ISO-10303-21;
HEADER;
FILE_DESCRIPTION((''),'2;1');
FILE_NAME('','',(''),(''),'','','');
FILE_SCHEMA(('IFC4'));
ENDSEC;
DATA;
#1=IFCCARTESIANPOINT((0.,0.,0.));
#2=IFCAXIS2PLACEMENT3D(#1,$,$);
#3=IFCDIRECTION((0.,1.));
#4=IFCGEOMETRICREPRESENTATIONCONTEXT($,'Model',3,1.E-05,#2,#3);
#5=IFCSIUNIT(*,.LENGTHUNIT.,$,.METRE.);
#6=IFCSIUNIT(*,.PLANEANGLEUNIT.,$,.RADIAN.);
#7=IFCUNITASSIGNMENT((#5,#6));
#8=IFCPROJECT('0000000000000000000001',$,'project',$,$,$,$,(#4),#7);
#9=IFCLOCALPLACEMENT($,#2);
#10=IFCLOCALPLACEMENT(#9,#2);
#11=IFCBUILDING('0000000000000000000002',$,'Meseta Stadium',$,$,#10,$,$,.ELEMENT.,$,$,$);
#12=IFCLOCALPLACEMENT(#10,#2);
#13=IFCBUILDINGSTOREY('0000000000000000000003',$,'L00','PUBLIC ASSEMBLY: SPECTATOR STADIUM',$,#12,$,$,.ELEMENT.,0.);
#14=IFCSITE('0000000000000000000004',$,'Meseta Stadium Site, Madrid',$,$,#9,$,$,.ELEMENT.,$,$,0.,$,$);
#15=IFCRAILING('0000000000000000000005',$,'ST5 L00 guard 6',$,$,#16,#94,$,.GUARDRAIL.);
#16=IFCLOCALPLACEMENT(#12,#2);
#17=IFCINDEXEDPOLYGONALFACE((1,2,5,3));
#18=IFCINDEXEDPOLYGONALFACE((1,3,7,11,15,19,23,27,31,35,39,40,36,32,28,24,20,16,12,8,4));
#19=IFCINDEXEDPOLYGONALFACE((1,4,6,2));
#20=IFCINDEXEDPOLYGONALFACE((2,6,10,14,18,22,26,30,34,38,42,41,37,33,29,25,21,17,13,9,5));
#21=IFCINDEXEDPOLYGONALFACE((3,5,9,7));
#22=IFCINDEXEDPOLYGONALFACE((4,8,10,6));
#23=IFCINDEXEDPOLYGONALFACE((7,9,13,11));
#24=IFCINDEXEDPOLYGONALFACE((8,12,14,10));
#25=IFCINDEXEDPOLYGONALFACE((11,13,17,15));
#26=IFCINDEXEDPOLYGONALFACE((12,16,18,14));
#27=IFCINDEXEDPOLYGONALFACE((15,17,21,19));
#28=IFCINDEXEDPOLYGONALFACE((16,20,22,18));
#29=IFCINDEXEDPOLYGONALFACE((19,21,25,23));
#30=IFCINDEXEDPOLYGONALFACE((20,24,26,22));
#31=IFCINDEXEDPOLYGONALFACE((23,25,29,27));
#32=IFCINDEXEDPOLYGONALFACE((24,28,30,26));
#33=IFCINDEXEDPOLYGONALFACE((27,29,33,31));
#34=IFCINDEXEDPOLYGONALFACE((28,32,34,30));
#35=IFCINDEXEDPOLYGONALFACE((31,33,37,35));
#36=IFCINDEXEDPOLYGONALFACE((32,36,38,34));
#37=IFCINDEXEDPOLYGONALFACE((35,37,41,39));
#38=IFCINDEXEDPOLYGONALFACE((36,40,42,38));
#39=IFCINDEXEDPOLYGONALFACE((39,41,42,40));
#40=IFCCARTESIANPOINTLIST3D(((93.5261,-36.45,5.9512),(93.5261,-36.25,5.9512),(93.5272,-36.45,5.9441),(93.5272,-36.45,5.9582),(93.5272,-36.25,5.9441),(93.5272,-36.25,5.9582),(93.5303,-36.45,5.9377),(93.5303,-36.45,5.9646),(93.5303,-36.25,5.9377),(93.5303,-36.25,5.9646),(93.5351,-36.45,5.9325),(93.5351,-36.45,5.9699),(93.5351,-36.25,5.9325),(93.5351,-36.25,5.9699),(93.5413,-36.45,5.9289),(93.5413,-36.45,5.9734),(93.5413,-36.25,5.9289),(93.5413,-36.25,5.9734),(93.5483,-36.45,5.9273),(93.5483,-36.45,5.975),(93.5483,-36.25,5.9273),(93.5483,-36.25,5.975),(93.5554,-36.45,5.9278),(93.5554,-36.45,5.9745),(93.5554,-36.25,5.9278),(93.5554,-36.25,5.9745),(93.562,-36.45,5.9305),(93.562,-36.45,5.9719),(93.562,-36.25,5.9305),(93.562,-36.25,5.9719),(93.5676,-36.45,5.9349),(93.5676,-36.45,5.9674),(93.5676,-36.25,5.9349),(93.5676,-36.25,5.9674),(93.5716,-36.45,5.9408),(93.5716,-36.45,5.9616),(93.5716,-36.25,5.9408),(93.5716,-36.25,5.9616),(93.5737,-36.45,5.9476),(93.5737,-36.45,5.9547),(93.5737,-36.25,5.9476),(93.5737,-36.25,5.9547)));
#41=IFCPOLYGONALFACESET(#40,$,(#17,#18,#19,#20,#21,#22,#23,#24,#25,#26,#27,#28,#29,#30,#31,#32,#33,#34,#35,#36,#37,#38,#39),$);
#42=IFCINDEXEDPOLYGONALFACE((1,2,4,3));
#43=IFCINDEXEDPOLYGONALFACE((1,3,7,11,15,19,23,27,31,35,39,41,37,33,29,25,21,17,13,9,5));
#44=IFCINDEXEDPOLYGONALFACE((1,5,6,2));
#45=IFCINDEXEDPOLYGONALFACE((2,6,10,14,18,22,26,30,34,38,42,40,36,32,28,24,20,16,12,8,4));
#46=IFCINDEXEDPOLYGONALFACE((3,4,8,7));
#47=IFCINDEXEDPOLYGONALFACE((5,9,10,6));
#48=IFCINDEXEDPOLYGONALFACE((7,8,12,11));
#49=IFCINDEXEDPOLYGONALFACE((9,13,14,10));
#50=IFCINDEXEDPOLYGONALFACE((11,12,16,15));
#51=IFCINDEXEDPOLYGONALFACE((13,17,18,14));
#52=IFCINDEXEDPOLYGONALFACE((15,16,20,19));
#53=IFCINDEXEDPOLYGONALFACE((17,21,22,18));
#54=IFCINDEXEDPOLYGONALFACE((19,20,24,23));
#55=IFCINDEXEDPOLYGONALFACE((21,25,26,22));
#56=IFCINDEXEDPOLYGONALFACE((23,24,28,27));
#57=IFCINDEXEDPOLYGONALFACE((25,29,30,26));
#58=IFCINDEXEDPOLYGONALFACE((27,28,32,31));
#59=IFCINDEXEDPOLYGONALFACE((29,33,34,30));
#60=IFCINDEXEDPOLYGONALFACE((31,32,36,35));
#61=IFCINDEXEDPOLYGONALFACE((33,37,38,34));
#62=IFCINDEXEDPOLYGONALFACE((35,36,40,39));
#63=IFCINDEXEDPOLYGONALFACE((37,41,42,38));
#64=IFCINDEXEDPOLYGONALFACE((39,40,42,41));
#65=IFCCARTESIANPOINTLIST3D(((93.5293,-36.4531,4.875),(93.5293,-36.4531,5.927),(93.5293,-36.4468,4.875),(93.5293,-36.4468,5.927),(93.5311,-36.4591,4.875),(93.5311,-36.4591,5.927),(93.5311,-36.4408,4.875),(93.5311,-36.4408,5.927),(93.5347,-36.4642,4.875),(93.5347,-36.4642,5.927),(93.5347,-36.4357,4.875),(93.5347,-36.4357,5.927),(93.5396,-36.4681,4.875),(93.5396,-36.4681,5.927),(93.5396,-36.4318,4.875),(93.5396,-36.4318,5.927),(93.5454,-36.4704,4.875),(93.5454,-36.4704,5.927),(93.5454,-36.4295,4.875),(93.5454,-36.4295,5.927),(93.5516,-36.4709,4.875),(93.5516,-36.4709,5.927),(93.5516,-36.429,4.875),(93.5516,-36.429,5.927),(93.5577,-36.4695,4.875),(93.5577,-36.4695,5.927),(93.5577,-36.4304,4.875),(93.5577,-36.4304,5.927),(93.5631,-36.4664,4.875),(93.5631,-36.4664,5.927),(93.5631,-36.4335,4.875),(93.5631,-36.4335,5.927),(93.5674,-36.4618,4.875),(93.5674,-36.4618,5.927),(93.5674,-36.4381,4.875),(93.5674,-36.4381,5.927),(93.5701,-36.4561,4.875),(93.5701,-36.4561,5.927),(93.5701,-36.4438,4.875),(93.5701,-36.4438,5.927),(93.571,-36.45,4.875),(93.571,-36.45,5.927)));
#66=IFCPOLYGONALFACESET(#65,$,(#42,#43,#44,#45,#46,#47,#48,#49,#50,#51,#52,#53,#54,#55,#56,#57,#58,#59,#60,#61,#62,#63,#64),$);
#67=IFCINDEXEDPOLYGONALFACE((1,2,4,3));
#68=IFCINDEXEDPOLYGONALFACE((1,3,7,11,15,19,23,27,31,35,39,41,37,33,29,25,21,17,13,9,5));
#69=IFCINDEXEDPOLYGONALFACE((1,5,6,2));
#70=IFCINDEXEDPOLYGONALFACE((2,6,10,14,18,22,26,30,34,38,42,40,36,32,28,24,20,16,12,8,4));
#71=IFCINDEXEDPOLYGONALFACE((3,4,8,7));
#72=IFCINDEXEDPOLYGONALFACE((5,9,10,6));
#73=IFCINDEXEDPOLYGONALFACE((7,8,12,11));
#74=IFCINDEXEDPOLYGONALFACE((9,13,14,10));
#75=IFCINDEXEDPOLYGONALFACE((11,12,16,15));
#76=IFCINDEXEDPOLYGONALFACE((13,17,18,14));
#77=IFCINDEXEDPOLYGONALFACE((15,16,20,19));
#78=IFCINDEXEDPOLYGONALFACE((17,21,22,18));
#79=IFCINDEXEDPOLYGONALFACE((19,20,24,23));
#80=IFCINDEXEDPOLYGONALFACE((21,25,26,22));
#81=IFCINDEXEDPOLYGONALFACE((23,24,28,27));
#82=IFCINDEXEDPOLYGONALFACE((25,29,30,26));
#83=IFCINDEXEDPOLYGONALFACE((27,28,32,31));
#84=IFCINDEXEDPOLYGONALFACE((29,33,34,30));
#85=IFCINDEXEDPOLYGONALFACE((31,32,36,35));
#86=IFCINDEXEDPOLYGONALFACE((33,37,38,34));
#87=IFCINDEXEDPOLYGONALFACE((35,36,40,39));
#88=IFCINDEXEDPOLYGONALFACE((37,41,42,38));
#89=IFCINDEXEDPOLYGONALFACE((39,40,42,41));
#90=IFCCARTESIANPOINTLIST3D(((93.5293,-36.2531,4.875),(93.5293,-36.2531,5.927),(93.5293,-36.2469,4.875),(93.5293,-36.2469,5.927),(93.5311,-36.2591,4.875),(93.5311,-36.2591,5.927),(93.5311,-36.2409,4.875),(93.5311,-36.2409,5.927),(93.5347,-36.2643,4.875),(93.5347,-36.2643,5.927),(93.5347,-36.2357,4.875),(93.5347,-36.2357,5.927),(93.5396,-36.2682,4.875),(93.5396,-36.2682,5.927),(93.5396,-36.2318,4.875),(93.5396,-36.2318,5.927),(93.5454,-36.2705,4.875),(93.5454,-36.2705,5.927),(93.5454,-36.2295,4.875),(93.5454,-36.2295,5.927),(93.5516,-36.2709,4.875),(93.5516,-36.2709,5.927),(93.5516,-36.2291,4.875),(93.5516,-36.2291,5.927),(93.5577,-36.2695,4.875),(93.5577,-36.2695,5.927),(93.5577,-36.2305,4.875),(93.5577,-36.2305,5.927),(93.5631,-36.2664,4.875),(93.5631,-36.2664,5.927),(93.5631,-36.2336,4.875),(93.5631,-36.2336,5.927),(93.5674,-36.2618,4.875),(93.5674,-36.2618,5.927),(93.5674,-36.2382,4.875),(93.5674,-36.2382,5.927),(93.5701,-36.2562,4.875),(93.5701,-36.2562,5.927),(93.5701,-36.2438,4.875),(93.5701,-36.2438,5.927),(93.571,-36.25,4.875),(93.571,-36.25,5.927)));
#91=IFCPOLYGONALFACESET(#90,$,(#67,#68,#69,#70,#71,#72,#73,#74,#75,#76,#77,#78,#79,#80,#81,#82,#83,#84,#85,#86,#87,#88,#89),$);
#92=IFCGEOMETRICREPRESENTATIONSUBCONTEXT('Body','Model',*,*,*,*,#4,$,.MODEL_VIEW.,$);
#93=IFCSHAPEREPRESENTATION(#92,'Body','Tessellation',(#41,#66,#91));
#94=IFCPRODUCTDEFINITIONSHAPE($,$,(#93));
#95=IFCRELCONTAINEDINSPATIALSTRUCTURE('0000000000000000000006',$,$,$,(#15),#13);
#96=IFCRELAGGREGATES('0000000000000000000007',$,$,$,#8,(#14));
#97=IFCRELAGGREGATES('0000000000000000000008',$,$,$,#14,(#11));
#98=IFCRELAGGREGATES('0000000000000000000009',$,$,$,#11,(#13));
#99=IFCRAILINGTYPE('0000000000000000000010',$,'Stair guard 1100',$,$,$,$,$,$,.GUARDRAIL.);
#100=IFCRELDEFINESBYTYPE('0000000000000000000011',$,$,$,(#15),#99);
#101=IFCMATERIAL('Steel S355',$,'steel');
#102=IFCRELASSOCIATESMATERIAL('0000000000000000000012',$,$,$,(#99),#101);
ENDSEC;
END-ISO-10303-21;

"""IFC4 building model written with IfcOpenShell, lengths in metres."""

from ifc_helpers import new_model, si_unit, direction, frame, origin, origin_2d, place, context, subcontext, project, spatial, circle, extrude, material, type_object, element, save


model = new_model("IFC4")

# Units and contexts
model_context = context("Model", 3, precision=1e-05, world=origin(), true_north=direction((0.0, 1.0)))
body_context = subcontext(model_context, "Body", "Model", "MODEL_VIEW")
ifc_project = project(units=[si_unit("LENGTHUNIT", "METRE"), si_unit("PLANEANGLEUNIT", "RADIAN")], contexts=[model_context])

# Site, building, storey
site_placement = place(None, origin())
site = spatial("IfcSite", under=ifc_project, at=site_placement, Name="Meseta Stadium Site, Madrid", CompositionType="ELEMENT", RefElevation=0.0)
building_placement = place(site_placement, origin())
building = spatial("IfcBuilding", under=site, at=building_placement, Name="Meseta Stadium", CompositionType="ELEMENT")
storey_placement = place(building_placement, origin())
storey = spatial("IfcBuildingStorey", under=building, at=storey_placement, Name="L00", Description="PUBLIC ASSEMBLY: SPECTATOR STADIUM", CompositionType="ELEMENT", Elevation=0.0)

# Railing
ifc_material_1 = material(Name="Steel S355", Category="steel")
railing_type_1 = type_object("IfcRailingType", Name="Stair guard 1100", PredefinedType="GUARDRAIL", material=ifc_material_1)
railing_1_placement = place(storey_placement, frame((93.55, -36.45, 4.875)))
element("IfcRailing", 1, at=railing_1_placement, inside=storey, type_object=railing_type_1, Name="ST5 L00 guard 6", PredefinedType="GUARDRAIL", context=body_context, shape_type="SweptSolid", body=[
    extrude(circle(Radius=0.0239, at=origin_2d()), frame((0.0, 0.0, 1.0762), z_axis=(0.0, 1.0, 0.0), x_axis=(-1.0, 0.0, 0.0)), (0.0, 0.0, 1.0), 0.2),
    extrude(circle(Radius=0.021, at=origin_2d()), origin(), (0.0, 0.0, 1.0), 1.052),
    extrude(circle(Radius=0.021, at=origin_2d()), frame((0.0, 0.2, 0.0)), (0.0, 0.0, 1.0), 1.052),
])

save(model, "model.ifc")
